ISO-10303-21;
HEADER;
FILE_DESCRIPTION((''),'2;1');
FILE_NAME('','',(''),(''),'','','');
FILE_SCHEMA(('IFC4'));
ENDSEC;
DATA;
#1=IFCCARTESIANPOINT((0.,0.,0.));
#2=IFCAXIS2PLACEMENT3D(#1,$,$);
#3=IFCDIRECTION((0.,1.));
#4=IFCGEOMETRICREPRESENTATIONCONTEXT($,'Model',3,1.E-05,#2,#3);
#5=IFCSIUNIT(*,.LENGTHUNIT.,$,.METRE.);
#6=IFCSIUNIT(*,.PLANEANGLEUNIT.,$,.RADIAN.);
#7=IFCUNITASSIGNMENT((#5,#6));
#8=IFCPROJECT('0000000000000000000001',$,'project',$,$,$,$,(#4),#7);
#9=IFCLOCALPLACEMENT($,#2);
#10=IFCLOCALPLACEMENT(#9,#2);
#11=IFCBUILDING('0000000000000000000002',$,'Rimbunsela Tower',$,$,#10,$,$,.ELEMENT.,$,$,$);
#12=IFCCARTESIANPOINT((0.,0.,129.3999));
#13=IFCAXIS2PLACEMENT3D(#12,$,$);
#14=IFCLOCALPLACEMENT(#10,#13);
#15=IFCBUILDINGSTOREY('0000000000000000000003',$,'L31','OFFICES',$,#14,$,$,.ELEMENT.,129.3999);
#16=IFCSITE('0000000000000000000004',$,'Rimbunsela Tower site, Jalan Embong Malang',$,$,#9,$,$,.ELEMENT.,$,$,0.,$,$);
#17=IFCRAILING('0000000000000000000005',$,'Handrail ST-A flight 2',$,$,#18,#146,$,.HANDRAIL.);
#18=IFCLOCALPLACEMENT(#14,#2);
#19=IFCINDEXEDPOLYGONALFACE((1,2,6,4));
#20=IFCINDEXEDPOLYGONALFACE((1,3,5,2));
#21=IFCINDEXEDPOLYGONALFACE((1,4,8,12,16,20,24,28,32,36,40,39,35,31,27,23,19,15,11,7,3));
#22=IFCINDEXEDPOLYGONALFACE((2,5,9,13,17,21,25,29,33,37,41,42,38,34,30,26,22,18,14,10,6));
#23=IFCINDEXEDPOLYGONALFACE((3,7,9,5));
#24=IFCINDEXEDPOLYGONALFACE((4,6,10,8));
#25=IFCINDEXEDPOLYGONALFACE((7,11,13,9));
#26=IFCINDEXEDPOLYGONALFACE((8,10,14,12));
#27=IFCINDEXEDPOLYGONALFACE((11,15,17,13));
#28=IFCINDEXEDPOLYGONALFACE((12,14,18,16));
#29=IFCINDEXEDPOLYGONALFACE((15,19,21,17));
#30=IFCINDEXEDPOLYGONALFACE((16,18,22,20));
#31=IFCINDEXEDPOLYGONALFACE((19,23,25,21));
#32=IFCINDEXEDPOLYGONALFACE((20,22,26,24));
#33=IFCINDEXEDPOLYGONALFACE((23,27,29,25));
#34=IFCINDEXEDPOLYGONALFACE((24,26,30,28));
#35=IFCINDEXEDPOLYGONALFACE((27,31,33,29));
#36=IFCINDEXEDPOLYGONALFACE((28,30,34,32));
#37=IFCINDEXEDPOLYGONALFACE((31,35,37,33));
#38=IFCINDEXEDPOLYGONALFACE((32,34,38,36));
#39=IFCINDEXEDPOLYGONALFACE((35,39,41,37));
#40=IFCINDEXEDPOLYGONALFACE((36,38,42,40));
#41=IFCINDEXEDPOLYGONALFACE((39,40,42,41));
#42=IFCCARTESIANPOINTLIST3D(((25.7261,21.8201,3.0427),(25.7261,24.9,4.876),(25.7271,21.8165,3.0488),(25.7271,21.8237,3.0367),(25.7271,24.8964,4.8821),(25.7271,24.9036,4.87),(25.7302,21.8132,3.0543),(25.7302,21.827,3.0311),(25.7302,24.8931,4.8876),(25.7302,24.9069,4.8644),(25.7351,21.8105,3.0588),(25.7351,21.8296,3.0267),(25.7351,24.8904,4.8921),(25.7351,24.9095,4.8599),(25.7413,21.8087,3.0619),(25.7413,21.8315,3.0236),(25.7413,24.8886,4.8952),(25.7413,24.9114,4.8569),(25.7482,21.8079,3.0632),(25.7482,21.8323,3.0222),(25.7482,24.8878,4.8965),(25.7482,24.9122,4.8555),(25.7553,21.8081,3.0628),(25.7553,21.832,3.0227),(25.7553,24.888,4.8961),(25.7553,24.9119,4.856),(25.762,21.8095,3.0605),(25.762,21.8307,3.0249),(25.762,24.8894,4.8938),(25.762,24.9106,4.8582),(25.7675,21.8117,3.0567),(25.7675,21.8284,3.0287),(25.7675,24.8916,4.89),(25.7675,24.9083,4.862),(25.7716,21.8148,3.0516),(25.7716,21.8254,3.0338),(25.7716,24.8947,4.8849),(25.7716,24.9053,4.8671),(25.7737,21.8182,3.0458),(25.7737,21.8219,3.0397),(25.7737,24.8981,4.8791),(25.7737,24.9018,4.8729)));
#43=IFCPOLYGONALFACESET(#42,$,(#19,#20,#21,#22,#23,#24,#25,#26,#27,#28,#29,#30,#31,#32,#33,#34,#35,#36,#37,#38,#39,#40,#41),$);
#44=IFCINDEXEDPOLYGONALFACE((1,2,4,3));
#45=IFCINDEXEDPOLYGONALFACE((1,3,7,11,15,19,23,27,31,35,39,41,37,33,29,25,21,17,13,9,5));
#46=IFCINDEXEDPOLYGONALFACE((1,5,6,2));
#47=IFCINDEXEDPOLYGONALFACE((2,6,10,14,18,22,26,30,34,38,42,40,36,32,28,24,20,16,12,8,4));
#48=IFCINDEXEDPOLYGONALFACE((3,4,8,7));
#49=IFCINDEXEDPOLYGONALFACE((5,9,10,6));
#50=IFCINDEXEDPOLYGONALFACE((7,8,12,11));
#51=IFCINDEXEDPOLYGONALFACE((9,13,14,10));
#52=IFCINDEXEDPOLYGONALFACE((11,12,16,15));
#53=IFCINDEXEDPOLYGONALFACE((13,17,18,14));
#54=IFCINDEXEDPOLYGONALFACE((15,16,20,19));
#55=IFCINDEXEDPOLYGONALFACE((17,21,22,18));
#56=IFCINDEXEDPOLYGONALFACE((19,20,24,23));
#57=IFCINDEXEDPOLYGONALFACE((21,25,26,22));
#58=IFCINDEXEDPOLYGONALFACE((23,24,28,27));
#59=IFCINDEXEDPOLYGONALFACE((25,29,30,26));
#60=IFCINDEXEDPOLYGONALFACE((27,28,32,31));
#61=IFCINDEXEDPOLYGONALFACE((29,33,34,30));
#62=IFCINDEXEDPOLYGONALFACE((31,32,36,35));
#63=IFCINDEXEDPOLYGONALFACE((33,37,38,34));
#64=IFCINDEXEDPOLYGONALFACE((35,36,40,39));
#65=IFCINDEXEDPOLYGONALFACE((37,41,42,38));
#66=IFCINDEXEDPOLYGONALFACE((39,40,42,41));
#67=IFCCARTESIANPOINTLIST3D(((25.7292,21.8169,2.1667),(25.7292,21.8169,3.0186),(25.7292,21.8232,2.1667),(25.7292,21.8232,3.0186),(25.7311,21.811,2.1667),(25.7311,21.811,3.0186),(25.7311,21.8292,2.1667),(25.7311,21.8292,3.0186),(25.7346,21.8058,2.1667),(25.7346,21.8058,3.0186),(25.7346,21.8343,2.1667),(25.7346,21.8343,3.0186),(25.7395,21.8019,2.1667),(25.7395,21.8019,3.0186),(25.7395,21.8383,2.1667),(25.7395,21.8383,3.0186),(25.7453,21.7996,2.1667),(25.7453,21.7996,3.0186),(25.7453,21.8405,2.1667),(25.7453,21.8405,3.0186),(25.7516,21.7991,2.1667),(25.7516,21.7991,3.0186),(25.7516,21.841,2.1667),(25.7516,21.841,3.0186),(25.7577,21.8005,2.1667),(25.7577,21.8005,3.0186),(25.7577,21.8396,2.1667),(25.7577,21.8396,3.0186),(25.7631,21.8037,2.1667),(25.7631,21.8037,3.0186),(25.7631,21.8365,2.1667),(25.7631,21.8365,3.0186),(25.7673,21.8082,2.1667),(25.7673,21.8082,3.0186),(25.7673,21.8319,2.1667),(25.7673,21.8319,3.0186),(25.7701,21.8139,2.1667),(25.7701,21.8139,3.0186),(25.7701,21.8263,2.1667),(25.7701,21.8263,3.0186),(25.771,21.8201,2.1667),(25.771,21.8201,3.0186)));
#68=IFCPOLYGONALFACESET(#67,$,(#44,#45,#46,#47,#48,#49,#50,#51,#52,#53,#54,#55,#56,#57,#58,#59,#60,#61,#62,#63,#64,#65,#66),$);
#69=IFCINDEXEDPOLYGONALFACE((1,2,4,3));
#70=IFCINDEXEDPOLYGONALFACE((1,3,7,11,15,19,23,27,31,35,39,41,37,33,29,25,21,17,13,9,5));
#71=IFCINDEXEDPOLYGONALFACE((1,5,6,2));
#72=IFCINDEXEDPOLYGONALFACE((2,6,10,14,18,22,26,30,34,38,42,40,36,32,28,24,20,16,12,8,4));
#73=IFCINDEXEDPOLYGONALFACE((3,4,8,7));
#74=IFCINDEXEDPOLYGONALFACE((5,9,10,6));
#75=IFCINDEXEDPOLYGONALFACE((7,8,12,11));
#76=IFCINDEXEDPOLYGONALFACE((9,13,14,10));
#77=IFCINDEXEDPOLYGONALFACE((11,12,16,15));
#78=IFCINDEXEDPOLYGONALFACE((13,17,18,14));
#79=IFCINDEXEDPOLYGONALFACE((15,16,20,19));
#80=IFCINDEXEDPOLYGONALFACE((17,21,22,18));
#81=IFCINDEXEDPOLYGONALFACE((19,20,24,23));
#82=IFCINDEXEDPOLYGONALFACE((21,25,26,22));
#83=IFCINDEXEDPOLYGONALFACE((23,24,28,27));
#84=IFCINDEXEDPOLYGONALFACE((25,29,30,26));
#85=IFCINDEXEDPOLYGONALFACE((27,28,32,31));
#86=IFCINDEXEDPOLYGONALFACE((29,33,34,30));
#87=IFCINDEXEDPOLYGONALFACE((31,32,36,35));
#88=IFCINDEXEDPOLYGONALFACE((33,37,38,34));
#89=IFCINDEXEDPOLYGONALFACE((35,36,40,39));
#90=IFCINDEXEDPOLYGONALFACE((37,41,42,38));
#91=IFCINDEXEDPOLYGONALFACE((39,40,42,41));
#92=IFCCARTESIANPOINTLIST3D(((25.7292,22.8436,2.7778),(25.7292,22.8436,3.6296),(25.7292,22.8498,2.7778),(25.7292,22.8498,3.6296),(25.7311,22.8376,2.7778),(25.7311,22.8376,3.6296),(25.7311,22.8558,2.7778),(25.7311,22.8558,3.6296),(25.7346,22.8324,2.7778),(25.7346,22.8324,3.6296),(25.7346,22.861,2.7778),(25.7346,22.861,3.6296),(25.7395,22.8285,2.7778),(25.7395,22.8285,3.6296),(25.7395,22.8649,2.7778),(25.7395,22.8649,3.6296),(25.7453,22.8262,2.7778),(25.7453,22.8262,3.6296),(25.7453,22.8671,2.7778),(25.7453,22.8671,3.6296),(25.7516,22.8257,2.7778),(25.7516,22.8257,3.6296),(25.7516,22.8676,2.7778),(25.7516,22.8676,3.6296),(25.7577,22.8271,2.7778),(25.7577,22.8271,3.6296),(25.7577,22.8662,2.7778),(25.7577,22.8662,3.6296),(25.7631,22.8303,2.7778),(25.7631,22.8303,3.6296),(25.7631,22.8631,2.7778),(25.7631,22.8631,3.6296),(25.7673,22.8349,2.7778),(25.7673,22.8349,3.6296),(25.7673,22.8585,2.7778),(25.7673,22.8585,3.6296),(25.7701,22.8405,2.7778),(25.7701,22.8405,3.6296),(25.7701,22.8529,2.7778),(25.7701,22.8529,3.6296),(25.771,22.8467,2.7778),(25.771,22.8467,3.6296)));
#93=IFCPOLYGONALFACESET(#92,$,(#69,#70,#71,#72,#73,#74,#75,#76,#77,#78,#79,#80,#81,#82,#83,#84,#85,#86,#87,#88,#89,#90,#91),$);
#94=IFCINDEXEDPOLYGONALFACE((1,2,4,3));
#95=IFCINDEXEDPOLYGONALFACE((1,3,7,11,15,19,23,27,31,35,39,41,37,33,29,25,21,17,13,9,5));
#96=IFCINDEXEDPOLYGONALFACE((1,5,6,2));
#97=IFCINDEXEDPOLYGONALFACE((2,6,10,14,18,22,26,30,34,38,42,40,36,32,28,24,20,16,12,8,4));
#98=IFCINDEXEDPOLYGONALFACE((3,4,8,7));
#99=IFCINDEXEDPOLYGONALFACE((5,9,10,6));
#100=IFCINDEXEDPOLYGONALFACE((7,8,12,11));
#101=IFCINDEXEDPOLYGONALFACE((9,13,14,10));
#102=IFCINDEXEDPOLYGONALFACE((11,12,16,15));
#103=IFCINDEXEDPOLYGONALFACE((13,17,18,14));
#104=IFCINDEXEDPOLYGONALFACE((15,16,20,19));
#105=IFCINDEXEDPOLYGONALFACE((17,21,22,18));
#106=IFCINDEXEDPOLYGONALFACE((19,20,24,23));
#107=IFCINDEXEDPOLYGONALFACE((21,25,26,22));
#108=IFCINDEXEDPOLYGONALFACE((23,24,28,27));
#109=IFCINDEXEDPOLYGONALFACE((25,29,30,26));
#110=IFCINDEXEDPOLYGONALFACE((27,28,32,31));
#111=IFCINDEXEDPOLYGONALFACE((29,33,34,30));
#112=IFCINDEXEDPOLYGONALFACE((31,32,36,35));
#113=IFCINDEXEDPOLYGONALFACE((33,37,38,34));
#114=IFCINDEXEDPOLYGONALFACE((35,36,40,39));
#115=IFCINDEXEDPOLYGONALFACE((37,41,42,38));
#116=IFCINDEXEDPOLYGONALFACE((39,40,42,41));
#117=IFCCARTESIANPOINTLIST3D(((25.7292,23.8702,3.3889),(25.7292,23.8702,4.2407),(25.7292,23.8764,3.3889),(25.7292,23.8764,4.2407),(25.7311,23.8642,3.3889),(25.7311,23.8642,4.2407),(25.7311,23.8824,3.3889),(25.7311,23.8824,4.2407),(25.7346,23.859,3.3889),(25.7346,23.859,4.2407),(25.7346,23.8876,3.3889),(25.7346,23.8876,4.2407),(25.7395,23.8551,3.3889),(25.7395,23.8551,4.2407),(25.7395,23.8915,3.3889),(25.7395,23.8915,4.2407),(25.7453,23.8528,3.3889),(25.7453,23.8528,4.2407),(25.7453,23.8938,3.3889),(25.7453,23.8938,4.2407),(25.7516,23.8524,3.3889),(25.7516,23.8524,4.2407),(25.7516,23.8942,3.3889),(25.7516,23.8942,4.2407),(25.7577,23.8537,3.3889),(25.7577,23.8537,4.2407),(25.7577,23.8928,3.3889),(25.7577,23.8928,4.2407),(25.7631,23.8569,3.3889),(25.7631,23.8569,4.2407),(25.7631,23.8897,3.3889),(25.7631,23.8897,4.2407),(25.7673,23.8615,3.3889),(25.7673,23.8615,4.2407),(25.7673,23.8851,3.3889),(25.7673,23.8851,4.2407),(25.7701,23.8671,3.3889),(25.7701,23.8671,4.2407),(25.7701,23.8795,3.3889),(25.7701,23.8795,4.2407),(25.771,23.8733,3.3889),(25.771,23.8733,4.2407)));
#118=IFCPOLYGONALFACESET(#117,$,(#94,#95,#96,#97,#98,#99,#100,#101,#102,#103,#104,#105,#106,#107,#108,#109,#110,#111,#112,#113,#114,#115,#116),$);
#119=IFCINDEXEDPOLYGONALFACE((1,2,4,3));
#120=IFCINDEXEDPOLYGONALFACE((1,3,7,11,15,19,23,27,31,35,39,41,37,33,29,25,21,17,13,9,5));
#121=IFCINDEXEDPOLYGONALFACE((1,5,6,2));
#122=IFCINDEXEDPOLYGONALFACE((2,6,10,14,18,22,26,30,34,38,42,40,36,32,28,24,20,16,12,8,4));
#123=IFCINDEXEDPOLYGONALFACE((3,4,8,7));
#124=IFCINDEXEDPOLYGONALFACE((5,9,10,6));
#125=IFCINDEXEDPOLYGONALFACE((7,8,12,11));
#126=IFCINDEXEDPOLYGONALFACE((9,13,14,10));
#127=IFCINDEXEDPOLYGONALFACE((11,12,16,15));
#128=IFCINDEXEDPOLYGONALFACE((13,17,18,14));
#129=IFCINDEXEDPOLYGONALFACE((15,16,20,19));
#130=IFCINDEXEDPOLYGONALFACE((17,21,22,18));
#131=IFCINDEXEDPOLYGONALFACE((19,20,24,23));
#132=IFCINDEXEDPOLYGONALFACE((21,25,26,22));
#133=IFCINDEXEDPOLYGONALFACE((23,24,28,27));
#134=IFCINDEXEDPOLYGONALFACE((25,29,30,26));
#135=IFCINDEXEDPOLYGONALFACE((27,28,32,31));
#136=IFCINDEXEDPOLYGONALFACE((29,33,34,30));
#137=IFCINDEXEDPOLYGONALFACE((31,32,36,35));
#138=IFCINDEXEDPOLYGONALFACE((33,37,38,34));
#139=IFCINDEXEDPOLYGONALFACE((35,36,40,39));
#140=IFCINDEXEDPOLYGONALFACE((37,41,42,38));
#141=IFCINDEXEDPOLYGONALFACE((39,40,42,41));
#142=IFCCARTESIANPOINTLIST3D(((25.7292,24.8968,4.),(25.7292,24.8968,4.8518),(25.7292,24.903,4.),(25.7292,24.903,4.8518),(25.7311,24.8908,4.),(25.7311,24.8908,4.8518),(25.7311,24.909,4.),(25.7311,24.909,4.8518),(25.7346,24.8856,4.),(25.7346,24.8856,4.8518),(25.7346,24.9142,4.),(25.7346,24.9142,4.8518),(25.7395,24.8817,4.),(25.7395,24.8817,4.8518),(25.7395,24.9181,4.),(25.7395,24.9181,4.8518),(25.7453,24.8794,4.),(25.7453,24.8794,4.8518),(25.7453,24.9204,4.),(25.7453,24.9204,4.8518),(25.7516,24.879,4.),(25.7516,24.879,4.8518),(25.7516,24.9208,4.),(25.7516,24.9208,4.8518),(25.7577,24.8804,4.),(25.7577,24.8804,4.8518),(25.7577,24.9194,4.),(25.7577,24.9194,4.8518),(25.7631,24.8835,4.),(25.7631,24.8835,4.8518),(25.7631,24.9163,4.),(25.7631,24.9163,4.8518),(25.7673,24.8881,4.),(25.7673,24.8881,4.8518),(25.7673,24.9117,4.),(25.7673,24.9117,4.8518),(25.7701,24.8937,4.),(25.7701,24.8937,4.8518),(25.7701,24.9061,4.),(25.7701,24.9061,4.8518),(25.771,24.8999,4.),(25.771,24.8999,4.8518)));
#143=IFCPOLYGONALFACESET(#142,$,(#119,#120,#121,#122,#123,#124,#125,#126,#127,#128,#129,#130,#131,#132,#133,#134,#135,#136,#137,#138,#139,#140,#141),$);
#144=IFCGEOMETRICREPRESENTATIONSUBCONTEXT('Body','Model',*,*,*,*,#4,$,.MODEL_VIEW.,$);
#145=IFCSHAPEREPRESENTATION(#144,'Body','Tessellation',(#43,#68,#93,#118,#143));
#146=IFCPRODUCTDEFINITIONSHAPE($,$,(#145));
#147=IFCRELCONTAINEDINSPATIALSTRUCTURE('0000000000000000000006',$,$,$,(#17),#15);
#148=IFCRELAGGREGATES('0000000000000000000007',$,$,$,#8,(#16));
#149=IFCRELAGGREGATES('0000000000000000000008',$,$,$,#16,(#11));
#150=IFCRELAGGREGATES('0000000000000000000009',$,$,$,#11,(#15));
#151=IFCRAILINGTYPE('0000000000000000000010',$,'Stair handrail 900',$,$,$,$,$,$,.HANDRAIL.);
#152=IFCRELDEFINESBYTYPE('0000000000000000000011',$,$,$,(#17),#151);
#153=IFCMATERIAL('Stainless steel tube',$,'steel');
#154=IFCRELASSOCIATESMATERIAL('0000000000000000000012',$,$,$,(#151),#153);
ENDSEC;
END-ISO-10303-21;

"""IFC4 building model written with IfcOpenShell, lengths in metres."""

from ifc_helpers import new_model, si_unit, direction, frame, origin, origin_2d, place, context, subcontext, project, spatial, circle, extrude, material, type_object, element, save


model = new_model("IFC4")

# Units and contexts
model_context = context("Model", 3, precision=1e-05, world=origin(), true_north=direction((0.0, 1.0)))
body_context = subcontext(model_context, "Body", "Model", "MODEL_VIEW")
ifc_project = project(units=[si_unit("LENGTHUNIT", "METRE"), si_unit("PLANEANGLEUNIT", "RADIAN")], contexts=[model_context])

# Site, building, storey
site_placement = place(None, origin())
site = spatial("IfcSite", under=ifc_project, at=site_placement, Name="Rimbunsela Tower site, Jalan Embong Malang", CompositionType="ELEMENT", RefElevation=0.0)
building_placement = place(site_placement, origin())
building = spatial("IfcBuilding", under=site, at=building_placement, Name="Rimbunsela Tower", CompositionType="ELEMENT")
storey_placement = place(building_placement, frame((0.0, 0.0, 129.3999)))
storey = spatial("IfcBuildingStorey", under=building, at=storey_placement, Name="L31", Description="OFFICES", CompositionType="ELEMENT", Elevation=129.3999)

# Railing
ifc_material_1 = material(Name="Stainless steel tube", Category="steel")
railing_type = type_object("IfcRailingType", Name="Stair handrail 900", PredefinedType="HANDRAIL", material=ifc_material_1)
railing_1_placement = place(storey_placement, frame((25.75, 21.8201, 2.1667)))
element("IfcRailing", 1, at=railing_1_placement, inside=storey, type_object=railing_type, Name="Handrail ST-A flight 2", PredefinedType="HANDRAIL", context=body_context, shape_type="SweptSolid", body=[
    extrude(circle(Radius=0.0239, at=origin_2d()), frame((0.0, 0.0, 0.876), z_axis=(0.0, 0.859291, 0.511487), x_axis=(-1.0, 0.0, 0.0)), (0.0, 0.0, 1.0), 3.5842),
    extrude(circle(Radius=0.021, at=origin_2d()), origin(), (0.0, 0.0, 1.0), 0.8518),
    extrude(circle(Radius=0.021, at=origin_2d()), frame((0.0, 1.0266, 0.6111)), (0.0, 0.0, 1.0), 0.8518),
    extrude(circle(Radius=0.021, at=origin_2d()), frame((0.0, 2.0532, 1.2222)), (0.0, 0.0, 1.0), 0.8518),
    extrude(circle(Radius=0.021, at=origin_2d()), frame((0.0, 3.0798, 1.8333)), (0.0, 0.0, 1.0), 0.8518),
])

save(model, "model.ifc")
